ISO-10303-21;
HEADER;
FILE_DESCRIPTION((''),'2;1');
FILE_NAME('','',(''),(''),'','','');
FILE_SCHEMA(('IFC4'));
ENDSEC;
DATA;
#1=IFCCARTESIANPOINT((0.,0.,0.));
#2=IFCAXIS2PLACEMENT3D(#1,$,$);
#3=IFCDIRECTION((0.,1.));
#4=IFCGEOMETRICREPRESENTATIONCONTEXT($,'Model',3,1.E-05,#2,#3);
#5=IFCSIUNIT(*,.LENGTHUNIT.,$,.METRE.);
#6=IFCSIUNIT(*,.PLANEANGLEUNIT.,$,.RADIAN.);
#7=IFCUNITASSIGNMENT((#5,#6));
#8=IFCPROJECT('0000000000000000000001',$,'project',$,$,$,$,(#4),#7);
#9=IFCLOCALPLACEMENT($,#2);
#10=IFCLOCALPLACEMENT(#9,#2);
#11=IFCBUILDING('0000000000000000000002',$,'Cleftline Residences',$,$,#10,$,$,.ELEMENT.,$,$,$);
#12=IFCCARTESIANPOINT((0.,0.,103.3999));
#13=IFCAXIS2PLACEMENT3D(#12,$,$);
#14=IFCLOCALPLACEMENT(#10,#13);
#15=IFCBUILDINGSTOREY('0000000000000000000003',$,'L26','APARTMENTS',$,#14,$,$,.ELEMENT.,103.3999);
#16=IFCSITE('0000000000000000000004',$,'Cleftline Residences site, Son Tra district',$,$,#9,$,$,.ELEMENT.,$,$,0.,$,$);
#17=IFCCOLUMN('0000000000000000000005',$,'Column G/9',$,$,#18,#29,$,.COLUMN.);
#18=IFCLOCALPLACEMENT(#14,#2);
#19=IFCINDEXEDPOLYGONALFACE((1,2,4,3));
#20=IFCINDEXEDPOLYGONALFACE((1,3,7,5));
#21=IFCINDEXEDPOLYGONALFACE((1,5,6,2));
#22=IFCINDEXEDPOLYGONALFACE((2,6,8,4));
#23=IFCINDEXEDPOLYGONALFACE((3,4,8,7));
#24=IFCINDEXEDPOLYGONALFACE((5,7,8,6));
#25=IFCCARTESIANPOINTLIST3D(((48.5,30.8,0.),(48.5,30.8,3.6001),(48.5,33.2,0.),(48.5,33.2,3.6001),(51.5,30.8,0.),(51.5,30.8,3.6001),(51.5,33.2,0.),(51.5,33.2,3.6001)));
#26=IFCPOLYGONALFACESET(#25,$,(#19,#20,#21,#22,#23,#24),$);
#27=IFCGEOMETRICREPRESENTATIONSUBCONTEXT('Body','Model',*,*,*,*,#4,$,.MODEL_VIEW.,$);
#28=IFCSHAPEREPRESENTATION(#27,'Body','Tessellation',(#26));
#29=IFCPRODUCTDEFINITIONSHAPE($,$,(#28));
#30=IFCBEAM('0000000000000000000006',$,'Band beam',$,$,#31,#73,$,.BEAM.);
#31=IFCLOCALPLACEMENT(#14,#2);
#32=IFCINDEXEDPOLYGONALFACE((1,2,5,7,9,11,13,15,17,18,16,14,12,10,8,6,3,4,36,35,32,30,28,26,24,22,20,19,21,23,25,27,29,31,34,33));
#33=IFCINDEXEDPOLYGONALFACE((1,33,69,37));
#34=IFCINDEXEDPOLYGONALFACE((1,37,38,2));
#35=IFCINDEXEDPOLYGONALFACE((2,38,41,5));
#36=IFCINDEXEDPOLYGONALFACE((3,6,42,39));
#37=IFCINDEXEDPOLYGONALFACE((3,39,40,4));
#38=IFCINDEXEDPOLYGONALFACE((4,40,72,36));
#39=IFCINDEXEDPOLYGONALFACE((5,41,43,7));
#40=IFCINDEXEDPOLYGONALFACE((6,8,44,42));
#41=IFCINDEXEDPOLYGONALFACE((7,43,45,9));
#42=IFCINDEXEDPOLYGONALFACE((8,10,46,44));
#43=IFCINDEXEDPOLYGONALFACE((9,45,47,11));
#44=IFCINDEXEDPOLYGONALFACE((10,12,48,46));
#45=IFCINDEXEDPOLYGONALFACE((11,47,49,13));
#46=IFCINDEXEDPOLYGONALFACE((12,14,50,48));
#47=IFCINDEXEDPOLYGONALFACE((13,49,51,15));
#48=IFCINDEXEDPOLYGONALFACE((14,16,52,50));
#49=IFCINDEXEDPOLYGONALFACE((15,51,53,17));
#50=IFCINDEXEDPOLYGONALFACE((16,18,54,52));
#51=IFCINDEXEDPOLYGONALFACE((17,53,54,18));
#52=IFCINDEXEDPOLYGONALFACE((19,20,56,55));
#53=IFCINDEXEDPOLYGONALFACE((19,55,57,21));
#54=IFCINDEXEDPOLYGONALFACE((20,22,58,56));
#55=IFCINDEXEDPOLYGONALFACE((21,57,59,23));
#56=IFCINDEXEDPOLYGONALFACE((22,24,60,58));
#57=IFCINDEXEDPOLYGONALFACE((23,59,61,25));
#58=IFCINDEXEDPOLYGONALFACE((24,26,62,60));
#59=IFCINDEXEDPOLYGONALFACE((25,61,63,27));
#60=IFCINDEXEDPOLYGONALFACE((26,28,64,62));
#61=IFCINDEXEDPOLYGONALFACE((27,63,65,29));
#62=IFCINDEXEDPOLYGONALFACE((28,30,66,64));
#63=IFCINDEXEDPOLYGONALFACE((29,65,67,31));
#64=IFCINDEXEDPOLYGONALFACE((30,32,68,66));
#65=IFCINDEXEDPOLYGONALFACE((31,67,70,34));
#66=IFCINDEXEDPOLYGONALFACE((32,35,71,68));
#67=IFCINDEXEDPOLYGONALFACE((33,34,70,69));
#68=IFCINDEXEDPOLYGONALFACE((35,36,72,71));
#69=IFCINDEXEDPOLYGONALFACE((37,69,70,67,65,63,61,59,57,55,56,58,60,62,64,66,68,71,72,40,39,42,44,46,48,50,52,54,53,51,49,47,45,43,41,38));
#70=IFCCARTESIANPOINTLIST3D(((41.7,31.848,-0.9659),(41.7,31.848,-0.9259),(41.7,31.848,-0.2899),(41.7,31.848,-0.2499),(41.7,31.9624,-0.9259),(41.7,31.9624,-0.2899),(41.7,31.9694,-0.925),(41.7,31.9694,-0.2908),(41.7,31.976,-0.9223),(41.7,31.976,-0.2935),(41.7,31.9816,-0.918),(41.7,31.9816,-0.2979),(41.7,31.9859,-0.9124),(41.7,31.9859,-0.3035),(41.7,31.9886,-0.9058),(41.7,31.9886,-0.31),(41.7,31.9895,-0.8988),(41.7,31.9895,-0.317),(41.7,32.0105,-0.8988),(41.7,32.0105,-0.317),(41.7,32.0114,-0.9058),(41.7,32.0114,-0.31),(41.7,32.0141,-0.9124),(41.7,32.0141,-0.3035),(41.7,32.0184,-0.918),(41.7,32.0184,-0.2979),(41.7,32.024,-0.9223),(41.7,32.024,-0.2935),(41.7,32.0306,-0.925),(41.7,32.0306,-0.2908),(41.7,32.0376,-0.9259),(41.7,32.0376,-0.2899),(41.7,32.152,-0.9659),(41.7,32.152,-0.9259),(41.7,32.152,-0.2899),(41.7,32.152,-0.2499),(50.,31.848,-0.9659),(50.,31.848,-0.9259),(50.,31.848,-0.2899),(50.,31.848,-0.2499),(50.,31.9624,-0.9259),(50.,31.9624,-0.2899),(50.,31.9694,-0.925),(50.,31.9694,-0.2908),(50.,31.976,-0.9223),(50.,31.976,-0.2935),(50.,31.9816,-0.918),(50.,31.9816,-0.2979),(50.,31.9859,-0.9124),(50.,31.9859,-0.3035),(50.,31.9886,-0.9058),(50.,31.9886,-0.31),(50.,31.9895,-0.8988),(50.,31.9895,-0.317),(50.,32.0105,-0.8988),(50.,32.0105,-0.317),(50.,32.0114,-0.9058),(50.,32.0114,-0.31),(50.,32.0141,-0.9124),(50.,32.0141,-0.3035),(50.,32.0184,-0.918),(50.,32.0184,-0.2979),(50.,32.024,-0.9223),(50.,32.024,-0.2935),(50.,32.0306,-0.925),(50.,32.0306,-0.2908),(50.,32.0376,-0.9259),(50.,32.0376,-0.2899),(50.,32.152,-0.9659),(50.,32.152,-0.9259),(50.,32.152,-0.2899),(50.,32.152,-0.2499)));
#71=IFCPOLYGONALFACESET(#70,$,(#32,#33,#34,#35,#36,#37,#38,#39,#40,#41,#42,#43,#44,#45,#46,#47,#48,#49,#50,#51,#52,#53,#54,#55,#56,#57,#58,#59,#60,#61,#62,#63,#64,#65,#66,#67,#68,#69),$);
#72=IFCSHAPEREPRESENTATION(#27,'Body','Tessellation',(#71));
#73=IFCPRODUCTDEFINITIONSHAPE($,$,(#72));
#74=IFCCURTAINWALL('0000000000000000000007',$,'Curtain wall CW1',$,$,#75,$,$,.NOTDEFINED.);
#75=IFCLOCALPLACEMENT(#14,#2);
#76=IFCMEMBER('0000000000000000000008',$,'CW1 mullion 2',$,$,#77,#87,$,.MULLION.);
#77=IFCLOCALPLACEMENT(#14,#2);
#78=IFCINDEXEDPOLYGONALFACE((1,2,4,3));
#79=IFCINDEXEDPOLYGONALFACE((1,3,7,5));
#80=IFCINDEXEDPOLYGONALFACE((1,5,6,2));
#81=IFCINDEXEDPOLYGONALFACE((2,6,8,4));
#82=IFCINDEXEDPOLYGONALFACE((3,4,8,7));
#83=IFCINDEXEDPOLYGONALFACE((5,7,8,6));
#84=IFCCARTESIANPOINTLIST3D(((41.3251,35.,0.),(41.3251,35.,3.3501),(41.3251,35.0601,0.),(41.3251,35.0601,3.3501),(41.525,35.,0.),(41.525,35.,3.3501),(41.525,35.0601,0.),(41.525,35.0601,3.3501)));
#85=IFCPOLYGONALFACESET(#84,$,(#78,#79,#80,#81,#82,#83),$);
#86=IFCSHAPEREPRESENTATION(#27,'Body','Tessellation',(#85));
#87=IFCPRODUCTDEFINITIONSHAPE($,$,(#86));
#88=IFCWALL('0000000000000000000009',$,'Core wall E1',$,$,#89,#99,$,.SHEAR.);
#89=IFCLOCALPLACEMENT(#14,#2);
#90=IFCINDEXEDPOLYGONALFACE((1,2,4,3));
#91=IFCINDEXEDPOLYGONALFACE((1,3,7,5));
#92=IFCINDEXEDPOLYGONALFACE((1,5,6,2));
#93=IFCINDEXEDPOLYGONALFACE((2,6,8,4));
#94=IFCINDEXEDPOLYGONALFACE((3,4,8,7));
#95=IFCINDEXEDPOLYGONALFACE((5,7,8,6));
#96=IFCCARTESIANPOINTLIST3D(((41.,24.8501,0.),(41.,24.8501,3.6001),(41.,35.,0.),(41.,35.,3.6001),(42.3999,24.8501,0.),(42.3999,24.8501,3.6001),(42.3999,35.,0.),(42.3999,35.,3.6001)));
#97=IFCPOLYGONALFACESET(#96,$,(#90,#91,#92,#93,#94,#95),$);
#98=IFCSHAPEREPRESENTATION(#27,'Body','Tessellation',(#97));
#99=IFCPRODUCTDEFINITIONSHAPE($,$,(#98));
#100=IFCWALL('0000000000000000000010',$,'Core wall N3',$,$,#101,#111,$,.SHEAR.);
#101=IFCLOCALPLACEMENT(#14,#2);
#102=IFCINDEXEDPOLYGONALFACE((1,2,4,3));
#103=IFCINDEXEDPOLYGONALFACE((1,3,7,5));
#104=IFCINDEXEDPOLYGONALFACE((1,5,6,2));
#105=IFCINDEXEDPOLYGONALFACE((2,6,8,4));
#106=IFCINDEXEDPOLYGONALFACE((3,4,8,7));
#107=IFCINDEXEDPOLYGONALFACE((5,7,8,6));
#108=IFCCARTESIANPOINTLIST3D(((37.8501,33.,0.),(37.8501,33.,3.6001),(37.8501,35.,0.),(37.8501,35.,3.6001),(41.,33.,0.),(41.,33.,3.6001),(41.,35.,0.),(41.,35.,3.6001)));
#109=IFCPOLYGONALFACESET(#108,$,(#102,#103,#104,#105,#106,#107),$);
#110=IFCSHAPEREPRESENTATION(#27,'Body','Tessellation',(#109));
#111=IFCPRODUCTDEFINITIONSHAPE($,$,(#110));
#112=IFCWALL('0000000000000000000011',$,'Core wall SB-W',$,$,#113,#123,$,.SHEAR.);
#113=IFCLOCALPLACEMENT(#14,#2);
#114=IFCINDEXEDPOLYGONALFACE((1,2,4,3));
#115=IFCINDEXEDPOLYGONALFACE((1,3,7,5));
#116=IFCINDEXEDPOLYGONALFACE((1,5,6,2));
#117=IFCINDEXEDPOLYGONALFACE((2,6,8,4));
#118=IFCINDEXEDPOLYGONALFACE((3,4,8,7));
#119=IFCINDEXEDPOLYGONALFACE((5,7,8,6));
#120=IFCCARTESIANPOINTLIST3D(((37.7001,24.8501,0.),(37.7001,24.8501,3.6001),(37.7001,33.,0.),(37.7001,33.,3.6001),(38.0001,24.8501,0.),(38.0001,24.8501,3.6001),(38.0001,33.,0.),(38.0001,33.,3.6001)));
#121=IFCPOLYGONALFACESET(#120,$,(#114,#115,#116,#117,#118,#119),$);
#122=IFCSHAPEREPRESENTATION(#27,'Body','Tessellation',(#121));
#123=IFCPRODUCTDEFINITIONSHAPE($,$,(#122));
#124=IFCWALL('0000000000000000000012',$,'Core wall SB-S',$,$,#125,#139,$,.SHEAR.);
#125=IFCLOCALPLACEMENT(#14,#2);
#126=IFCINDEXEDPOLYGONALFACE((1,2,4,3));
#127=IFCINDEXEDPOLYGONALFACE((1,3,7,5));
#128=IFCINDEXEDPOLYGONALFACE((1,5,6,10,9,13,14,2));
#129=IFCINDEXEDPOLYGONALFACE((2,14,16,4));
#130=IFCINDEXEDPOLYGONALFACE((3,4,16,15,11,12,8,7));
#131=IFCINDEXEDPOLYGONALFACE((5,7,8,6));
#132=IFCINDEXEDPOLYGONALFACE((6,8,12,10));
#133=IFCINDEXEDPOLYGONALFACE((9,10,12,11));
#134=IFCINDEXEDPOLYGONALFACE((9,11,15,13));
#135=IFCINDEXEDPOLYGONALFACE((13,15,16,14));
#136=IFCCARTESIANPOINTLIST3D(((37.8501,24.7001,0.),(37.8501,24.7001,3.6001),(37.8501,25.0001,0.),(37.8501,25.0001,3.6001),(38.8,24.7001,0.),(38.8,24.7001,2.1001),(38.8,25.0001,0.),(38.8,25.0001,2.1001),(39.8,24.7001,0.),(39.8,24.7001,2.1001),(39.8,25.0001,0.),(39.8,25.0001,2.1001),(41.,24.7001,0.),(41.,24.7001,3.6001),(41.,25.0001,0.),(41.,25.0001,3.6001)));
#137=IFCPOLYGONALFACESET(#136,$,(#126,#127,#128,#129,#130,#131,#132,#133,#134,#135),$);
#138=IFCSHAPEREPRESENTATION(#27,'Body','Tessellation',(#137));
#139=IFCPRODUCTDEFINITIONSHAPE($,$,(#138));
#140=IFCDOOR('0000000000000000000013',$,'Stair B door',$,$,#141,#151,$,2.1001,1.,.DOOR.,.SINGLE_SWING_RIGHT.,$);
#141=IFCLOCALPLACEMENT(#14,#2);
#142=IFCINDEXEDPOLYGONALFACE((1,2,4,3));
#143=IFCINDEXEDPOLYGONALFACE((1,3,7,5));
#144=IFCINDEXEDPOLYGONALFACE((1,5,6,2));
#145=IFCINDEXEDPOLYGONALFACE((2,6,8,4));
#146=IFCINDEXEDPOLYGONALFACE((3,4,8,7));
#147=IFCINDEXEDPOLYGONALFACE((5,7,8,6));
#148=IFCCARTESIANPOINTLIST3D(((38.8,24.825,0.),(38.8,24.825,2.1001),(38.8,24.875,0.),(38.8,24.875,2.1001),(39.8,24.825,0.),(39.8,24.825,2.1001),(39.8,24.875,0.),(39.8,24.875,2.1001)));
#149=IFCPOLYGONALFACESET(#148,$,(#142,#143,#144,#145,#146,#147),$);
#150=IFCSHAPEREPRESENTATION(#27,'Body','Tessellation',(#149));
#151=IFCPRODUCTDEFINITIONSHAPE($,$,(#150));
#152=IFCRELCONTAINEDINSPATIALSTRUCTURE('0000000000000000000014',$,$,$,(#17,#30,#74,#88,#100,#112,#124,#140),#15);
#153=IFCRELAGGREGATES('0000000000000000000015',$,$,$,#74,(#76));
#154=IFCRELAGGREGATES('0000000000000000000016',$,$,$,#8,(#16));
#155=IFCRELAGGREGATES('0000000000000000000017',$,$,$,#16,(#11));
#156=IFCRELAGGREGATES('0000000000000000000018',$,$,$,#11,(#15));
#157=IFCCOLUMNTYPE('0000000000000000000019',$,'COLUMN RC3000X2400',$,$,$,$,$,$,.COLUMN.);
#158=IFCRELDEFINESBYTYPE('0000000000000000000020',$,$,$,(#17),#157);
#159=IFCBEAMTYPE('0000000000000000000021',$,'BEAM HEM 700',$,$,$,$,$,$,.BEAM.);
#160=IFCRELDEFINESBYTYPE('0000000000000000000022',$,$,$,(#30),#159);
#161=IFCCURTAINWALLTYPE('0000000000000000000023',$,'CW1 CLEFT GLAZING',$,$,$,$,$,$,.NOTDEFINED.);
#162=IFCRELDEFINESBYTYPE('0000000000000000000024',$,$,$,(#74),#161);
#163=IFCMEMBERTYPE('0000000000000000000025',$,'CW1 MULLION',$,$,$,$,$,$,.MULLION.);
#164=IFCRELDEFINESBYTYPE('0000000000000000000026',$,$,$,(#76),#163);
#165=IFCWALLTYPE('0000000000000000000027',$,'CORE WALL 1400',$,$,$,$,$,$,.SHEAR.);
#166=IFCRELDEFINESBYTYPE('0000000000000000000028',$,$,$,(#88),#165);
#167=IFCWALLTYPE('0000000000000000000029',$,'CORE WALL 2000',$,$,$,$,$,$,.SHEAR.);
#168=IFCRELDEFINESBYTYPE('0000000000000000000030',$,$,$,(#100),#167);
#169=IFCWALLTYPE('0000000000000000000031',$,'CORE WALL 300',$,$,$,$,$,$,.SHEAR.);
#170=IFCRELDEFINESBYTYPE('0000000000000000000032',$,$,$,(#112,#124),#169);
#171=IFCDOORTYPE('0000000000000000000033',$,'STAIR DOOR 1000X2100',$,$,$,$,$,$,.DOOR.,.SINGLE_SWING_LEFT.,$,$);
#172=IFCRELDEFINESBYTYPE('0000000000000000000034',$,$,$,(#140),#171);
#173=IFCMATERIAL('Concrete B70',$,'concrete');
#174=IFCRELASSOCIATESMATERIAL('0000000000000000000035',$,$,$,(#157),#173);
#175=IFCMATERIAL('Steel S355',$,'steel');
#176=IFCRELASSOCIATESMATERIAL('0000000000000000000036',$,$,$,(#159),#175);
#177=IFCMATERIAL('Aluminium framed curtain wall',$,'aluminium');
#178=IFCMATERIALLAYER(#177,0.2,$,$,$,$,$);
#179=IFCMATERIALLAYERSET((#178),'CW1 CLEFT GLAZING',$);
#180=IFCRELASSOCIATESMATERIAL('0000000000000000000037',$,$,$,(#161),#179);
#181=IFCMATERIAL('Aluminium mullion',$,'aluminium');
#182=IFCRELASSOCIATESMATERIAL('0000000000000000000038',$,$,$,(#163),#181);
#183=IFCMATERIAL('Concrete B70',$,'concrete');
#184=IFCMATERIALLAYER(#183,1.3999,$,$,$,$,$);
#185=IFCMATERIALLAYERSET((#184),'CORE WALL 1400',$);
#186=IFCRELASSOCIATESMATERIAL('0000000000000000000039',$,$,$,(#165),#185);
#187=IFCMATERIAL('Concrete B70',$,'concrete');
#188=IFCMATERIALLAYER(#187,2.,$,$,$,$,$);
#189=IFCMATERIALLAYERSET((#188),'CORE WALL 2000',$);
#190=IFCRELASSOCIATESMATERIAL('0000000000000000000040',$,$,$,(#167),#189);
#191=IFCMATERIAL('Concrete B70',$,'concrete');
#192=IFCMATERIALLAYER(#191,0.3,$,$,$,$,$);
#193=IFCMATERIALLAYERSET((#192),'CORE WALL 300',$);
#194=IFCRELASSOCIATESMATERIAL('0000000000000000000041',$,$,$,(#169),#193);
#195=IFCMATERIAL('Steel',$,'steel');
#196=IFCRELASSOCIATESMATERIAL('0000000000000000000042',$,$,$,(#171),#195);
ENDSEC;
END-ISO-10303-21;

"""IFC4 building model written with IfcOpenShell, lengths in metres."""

from ifc_helpers import new_model, si_unit, direction, frame, frame_2d, origin, origin_2d, place, context, subcontext, project, spatial, rectangle, i_section, extrude, material, layer, layer_set, material_profile, profile_set, type_object, element, fill, aggregate, save


model = new_model("IFC4")

# Units and contexts
model_context = context("Model", 3, precision=1e-05, world=origin(), true_north=direction((0.0, 1.0)))
body_context = subcontext(model_context, "Body", "Model", "MODEL_VIEW")
ifc_project = project(units=[si_unit("LENGTHUNIT", "METRE"), si_unit("PLANEANGLEUNIT", "RADIAN")], contexts=[model_context])

# Site, building, storey
site_placement = place(None, origin())
site = spatial("IfcSite", under=ifc_project, at=site_placement, Name="Cleftline Residences site, Son Tra district", CompositionType="ELEMENT", RefElevation=0.0)
building_placement = place(site_placement, origin())
building = spatial("IfcBuilding", under=site, at=building_placement, Name="Cleftline Residences", CompositionType="ELEMENT")
storey_placement = place(building_placement, frame((0.0, 0.0, 103.3999)))
storey = spatial("IfcBuildingStorey", under=building, at=storey_placement, Name="L26", Description="APARTMENTS", CompositionType="ELEMENT", Elevation=103.3999)

# Column
ifc_material_1 = material(Name="Concrete B70", Category="concrete")
ifc_material_profile_1 = material_profile(ifc_material_1, rectangle(XDim=3.0, YDim=2.3999, at=origin_2d()))
ifc_profile_set_1 = profile_set([ifc_material_profile_1], Name="Concrete B70")
column_type = type_object("IfcColumnType", Name="COLUMN RC3000X2400", PredefinedType="COLUMN", material=ifc_profile_set_1)
column_placement = place(storey_placement, frame((50.0, 32.0, 0.0), z_axis=(0.0, 0.0, 1.0), x_axis=(1.0, 0.0, 0.0)))
element("IfcColumn", 1, at=column_placement, inside=storey, type_object=column_type, Name="Column G/9", PredefinedType="COLUMN", context=body_context, shape_type="SweptSolid", body=[
    extrude(rectangle(XDim=3.0, YDim=2.3999, at=origin_2d()), origin(), (0.0, 0.0, 1.0), 3.6001),
])

# Beam
ifc_material_2 = material(Name="Steel S355", Category="steel")
ifc_material_profile_2 = material_profile(ifc_material_2, i_section(OverallWidth=0.304, OverallDepth=0.7161, WebThickness=0.021, FlangeThickness=0.04, FilletRadius=0.0271, at=origin_2d()))
ifc_profile_set_2 = profile_set([ifc_material_profile_2], Name="Steel S355")
beam_type = type_object("IfcBeamType", Name="BEAM HEM 700", PredefinedType="BEAM", material=ifc_profile_set_2)
beam_placement = place(storey_placement, frame((50.0, 32.0, -0.6079), z_axis=(-1.0, 0.0, 0.0), x_axis=(0.0, -1.0, 0.0)))
element("IfcBeam", 2, at=beam_placement, inside=storey, type_object=beam_type, Name="Band beam", PredefinedType="BEAM", context=body_context, shape_type="SweptSolid", body=[
    extrude(i_section(OverallWidth=0.304, OverallDepth=0.7161, WebThickness=0.021, FlangeThickness=0.04, FilletRadius=0.0271, at=origin_2d()), origin(), (0.0, 0.0, 1.0), 8.3),
])

# Curtain wall, member
ifc_material_3 = material(Name="Aluminium framed curtain wall", Category="aluminium")
ifc_layer_1 = layer(ifc_material_3, 0.2)
ifc_layer_set_1 = layer_set([ifc_layer_1], Name="CW1 CLEFT GLAZING")
curtain_wall_type = type_object("IfcCurtainWallType", Name="CW1 CLEFT GLAZING", PredefinedType="NOTDEFINED", material=ifc_layer_set_1)
curtain_wall_placement = place(storey_placement, origin())
curtain_wall = element("IfcCurtainWall", 3, at=curtain_wall_placement, inside=storey, type_object=curtain_wall_type, Name="Curtain wall CW1", PredefinedType="NOTDEFINED")
ifc_material_4 = material(Name="Aluminium mullion", Category="aluminium")
ifc_material_profile_3 = material_profile(ifc_material_4, rectangle(XDim=0.2, YDim=0.0601, at=origin_2d()))
ifc_profile_set_3 = profile_set([ifc_material_profile_3], Name="Aluminium mullion")
member_type = type_object("IfcMemberType", Name="CW1 MULLION", PredefinedType="MULLION", material=ifc_profile_set_3)
member_placement = place(storey_placement, frame((41.425, 35.03, 0.0), z_axis=(0.0, 0.0, 1.0), x_axis=(1.0, 0.0, 0.0)))
member = element("IfcMember", 4, at=member_placement, type_object=member_type, Name="CW1 mullion 2", PredefinedType="MULLION", context=body_context, shape_type="SweptSolid", body=[
    extrude(rectangle(XDim=0.2, YDim=0.0601, at=origin_2d()), origin(), (0.0, 0.0, 1.0), 3.3501),
])
aggregate(curtain_wall, [member])

# Walls
ifc_material_5 = material(Name="Concrete B70", Category="concrete")
ifc_layer_2 = layer(ifc_material_5, 1.3999)
ifc_layer_set_2 = layer_set([ifc_layer_2], Name="CORE WALL 1400")
wall_type_1 = type_object("IfcWallType", Name="CORE WALL 1400", PredefinedType="SHEAR", material=ifc_layer_set_2)
wall_1_placement = place(storey_placement, frame((41.7, 24.8501, 0.0), z_axis=(0.0, 0.0, 1.0), x_axis=(0.0, 1.0, 0.0)))
element("IfcWall", 5, at=wall_1_placement, inside=storey, type_object=wall_type_1, Name="Core wall E1", PredefinedType="SHEAR", context=body_context, shape_type="SweptSolid", body=[
    extrude(rectangle(XDim=10.1499, YDim=1.3999, at=frame_2d((5.075, 0.0))), origin(), (0.0, 0.0, 1.0), 3.6001),
])
ifc_material_6 = material(Name="Concrete B70", Category="concrete")
ifc_layer_3 = layer(ifc_material_6, 2.0)
ifc_layer_set_3 = layer_set([ifc_layer_3], Name="CORE WALL 2000")
wall_type_2 = type_object("IfcWallType", Name="CORE WALL 2000", PredefinedType="SHEAR", material=ifc_layer_set_3)
wall_2_placement = place(storey_placement, frame((37.8501, 34.0, 0.0), z_axis=(0.0, 0.0, 1.0), x_axis=(1.0, 0.0, 0.0)))
element("IfcWall", 6, at=wall_2_placement, inside=storey, type_object=wall_type_2, Name="Core wall N3", PredefinedType="SHEAR", context=body_context, shape_type="SweptSolid", body=[
    extrude(rectangle(XDim=3.1499, YDim=2.0, at=frame_2d((1.575, 0.0))), origin(), (0.0, 0.0, 1.0), 3.6001),
])
ifc_material_7 = material(Name="Concrete B70", Category="concrete")
ifc_layer_4 = layer(ifc_material_7, 0.3)
ifc_layer_set_4 = layer_set([ifc_layer_4], Name="CORE WALL 300")
wall_type_3 = type_object("IfcWallType", Name="CORE WALL 300", PredefinedType="SHEAR", material=ifc_layer_set_4)
wall_3_placement = place(storey_placement, frame((37.8501, 24.8501, 0.0), z_axis=(0.0, 0.0, 1.0), x_axis=(0.0, 1.0, 0.0)))
element("IfcWall", 7, at=wall_3_placement, inside=storey, type_object=wall_type_3, Name="Core wall SB-W", PredefinedType="SHEAR", context=body_context, shape_type="SweptSolid", body=[
    extrude(rectangle(XDim=8.1499, YDim=0.3, at=frame_2d((4.075, 0.0))), origin(), (0.0, 0.0, 1.0), 3.6001),
])

# Wall, opening, door
wall_4_placement = place(storey_placement, frame((37.8501, 24.8501, 0.0), z_axis=(0.0, 0.0, 1.0), x_axis=(1.0, 0.0, 0.0)))
wall_4 = element("IfcWall", 8, at=wall_4_placement, inside=storey, type_object=wall_type_3, Name="Core wall SB-S", PredefinedType="SHEAR", context=body_context, shape_type="SweptSolid", body=[
    extrude(rectangle(XDim=3.1499, YDim=0.3, at=frame_2d((1.575, 0.0))), origin(), (0.0, 0.0, 1.0), 3.6001),
])
opening_1_placement = place(wall_4_placement, frame((0.95, 0.0, 0.0)))
opening_1 = element("IfcOpeningElement", 9, at=opening_1_placement, cuts=wall_4, PredefinedType="OPENING", context=body_context, shape_type="SweptSolid", body=[
    extrude(rectangle(XDim=1.0, YDim=2.1001, at=frame_2d((0.5, 1.05))), frame((0.0, 0.1599, 0.0), z_axis=(0.0, -1.0, 0.0), x_axis=(1.0, 0.0, 0.0)), (0.0, 0.0, 1.0), 0.3201),
])
ifc_material_8 = material(Name="Steel", Category="steel")
door_type_1 = type_object("IfcDoorType", Name="STAIR DOOR 1000X2100", OperationType="SINGLE_SWING_LEFT", PredefinedType="DOOR", material=ifc_material_8)
door_1_placement = place(opening_1_placement, origin())
door_1 = element("IfcDoor", 10, at=door_1_placement, inside=storey, type_object=door_type_1, Name="Stair B door", OperationType="SINGLE_SWING_RIGHT", OverallHeight=2.1001, OverallWidth=1.0, PredefinedType="DOOR", context=body_context, shape_type="SweptSolid", body=[
    extrude(rectangle(XDim=1.0, YDim=2.1001, at=frame_2d((0.5, 1.05))), frame((0.0, 0.0249, 0.0), z_axis=(0.0, -1.0, 0.0), x_axis=(1.0, 0.0, 0.0)), (0.0, 0.0, 1.0), 0.05),
])
fill(opening_1, door_1)

save(model, "model.ifc")
